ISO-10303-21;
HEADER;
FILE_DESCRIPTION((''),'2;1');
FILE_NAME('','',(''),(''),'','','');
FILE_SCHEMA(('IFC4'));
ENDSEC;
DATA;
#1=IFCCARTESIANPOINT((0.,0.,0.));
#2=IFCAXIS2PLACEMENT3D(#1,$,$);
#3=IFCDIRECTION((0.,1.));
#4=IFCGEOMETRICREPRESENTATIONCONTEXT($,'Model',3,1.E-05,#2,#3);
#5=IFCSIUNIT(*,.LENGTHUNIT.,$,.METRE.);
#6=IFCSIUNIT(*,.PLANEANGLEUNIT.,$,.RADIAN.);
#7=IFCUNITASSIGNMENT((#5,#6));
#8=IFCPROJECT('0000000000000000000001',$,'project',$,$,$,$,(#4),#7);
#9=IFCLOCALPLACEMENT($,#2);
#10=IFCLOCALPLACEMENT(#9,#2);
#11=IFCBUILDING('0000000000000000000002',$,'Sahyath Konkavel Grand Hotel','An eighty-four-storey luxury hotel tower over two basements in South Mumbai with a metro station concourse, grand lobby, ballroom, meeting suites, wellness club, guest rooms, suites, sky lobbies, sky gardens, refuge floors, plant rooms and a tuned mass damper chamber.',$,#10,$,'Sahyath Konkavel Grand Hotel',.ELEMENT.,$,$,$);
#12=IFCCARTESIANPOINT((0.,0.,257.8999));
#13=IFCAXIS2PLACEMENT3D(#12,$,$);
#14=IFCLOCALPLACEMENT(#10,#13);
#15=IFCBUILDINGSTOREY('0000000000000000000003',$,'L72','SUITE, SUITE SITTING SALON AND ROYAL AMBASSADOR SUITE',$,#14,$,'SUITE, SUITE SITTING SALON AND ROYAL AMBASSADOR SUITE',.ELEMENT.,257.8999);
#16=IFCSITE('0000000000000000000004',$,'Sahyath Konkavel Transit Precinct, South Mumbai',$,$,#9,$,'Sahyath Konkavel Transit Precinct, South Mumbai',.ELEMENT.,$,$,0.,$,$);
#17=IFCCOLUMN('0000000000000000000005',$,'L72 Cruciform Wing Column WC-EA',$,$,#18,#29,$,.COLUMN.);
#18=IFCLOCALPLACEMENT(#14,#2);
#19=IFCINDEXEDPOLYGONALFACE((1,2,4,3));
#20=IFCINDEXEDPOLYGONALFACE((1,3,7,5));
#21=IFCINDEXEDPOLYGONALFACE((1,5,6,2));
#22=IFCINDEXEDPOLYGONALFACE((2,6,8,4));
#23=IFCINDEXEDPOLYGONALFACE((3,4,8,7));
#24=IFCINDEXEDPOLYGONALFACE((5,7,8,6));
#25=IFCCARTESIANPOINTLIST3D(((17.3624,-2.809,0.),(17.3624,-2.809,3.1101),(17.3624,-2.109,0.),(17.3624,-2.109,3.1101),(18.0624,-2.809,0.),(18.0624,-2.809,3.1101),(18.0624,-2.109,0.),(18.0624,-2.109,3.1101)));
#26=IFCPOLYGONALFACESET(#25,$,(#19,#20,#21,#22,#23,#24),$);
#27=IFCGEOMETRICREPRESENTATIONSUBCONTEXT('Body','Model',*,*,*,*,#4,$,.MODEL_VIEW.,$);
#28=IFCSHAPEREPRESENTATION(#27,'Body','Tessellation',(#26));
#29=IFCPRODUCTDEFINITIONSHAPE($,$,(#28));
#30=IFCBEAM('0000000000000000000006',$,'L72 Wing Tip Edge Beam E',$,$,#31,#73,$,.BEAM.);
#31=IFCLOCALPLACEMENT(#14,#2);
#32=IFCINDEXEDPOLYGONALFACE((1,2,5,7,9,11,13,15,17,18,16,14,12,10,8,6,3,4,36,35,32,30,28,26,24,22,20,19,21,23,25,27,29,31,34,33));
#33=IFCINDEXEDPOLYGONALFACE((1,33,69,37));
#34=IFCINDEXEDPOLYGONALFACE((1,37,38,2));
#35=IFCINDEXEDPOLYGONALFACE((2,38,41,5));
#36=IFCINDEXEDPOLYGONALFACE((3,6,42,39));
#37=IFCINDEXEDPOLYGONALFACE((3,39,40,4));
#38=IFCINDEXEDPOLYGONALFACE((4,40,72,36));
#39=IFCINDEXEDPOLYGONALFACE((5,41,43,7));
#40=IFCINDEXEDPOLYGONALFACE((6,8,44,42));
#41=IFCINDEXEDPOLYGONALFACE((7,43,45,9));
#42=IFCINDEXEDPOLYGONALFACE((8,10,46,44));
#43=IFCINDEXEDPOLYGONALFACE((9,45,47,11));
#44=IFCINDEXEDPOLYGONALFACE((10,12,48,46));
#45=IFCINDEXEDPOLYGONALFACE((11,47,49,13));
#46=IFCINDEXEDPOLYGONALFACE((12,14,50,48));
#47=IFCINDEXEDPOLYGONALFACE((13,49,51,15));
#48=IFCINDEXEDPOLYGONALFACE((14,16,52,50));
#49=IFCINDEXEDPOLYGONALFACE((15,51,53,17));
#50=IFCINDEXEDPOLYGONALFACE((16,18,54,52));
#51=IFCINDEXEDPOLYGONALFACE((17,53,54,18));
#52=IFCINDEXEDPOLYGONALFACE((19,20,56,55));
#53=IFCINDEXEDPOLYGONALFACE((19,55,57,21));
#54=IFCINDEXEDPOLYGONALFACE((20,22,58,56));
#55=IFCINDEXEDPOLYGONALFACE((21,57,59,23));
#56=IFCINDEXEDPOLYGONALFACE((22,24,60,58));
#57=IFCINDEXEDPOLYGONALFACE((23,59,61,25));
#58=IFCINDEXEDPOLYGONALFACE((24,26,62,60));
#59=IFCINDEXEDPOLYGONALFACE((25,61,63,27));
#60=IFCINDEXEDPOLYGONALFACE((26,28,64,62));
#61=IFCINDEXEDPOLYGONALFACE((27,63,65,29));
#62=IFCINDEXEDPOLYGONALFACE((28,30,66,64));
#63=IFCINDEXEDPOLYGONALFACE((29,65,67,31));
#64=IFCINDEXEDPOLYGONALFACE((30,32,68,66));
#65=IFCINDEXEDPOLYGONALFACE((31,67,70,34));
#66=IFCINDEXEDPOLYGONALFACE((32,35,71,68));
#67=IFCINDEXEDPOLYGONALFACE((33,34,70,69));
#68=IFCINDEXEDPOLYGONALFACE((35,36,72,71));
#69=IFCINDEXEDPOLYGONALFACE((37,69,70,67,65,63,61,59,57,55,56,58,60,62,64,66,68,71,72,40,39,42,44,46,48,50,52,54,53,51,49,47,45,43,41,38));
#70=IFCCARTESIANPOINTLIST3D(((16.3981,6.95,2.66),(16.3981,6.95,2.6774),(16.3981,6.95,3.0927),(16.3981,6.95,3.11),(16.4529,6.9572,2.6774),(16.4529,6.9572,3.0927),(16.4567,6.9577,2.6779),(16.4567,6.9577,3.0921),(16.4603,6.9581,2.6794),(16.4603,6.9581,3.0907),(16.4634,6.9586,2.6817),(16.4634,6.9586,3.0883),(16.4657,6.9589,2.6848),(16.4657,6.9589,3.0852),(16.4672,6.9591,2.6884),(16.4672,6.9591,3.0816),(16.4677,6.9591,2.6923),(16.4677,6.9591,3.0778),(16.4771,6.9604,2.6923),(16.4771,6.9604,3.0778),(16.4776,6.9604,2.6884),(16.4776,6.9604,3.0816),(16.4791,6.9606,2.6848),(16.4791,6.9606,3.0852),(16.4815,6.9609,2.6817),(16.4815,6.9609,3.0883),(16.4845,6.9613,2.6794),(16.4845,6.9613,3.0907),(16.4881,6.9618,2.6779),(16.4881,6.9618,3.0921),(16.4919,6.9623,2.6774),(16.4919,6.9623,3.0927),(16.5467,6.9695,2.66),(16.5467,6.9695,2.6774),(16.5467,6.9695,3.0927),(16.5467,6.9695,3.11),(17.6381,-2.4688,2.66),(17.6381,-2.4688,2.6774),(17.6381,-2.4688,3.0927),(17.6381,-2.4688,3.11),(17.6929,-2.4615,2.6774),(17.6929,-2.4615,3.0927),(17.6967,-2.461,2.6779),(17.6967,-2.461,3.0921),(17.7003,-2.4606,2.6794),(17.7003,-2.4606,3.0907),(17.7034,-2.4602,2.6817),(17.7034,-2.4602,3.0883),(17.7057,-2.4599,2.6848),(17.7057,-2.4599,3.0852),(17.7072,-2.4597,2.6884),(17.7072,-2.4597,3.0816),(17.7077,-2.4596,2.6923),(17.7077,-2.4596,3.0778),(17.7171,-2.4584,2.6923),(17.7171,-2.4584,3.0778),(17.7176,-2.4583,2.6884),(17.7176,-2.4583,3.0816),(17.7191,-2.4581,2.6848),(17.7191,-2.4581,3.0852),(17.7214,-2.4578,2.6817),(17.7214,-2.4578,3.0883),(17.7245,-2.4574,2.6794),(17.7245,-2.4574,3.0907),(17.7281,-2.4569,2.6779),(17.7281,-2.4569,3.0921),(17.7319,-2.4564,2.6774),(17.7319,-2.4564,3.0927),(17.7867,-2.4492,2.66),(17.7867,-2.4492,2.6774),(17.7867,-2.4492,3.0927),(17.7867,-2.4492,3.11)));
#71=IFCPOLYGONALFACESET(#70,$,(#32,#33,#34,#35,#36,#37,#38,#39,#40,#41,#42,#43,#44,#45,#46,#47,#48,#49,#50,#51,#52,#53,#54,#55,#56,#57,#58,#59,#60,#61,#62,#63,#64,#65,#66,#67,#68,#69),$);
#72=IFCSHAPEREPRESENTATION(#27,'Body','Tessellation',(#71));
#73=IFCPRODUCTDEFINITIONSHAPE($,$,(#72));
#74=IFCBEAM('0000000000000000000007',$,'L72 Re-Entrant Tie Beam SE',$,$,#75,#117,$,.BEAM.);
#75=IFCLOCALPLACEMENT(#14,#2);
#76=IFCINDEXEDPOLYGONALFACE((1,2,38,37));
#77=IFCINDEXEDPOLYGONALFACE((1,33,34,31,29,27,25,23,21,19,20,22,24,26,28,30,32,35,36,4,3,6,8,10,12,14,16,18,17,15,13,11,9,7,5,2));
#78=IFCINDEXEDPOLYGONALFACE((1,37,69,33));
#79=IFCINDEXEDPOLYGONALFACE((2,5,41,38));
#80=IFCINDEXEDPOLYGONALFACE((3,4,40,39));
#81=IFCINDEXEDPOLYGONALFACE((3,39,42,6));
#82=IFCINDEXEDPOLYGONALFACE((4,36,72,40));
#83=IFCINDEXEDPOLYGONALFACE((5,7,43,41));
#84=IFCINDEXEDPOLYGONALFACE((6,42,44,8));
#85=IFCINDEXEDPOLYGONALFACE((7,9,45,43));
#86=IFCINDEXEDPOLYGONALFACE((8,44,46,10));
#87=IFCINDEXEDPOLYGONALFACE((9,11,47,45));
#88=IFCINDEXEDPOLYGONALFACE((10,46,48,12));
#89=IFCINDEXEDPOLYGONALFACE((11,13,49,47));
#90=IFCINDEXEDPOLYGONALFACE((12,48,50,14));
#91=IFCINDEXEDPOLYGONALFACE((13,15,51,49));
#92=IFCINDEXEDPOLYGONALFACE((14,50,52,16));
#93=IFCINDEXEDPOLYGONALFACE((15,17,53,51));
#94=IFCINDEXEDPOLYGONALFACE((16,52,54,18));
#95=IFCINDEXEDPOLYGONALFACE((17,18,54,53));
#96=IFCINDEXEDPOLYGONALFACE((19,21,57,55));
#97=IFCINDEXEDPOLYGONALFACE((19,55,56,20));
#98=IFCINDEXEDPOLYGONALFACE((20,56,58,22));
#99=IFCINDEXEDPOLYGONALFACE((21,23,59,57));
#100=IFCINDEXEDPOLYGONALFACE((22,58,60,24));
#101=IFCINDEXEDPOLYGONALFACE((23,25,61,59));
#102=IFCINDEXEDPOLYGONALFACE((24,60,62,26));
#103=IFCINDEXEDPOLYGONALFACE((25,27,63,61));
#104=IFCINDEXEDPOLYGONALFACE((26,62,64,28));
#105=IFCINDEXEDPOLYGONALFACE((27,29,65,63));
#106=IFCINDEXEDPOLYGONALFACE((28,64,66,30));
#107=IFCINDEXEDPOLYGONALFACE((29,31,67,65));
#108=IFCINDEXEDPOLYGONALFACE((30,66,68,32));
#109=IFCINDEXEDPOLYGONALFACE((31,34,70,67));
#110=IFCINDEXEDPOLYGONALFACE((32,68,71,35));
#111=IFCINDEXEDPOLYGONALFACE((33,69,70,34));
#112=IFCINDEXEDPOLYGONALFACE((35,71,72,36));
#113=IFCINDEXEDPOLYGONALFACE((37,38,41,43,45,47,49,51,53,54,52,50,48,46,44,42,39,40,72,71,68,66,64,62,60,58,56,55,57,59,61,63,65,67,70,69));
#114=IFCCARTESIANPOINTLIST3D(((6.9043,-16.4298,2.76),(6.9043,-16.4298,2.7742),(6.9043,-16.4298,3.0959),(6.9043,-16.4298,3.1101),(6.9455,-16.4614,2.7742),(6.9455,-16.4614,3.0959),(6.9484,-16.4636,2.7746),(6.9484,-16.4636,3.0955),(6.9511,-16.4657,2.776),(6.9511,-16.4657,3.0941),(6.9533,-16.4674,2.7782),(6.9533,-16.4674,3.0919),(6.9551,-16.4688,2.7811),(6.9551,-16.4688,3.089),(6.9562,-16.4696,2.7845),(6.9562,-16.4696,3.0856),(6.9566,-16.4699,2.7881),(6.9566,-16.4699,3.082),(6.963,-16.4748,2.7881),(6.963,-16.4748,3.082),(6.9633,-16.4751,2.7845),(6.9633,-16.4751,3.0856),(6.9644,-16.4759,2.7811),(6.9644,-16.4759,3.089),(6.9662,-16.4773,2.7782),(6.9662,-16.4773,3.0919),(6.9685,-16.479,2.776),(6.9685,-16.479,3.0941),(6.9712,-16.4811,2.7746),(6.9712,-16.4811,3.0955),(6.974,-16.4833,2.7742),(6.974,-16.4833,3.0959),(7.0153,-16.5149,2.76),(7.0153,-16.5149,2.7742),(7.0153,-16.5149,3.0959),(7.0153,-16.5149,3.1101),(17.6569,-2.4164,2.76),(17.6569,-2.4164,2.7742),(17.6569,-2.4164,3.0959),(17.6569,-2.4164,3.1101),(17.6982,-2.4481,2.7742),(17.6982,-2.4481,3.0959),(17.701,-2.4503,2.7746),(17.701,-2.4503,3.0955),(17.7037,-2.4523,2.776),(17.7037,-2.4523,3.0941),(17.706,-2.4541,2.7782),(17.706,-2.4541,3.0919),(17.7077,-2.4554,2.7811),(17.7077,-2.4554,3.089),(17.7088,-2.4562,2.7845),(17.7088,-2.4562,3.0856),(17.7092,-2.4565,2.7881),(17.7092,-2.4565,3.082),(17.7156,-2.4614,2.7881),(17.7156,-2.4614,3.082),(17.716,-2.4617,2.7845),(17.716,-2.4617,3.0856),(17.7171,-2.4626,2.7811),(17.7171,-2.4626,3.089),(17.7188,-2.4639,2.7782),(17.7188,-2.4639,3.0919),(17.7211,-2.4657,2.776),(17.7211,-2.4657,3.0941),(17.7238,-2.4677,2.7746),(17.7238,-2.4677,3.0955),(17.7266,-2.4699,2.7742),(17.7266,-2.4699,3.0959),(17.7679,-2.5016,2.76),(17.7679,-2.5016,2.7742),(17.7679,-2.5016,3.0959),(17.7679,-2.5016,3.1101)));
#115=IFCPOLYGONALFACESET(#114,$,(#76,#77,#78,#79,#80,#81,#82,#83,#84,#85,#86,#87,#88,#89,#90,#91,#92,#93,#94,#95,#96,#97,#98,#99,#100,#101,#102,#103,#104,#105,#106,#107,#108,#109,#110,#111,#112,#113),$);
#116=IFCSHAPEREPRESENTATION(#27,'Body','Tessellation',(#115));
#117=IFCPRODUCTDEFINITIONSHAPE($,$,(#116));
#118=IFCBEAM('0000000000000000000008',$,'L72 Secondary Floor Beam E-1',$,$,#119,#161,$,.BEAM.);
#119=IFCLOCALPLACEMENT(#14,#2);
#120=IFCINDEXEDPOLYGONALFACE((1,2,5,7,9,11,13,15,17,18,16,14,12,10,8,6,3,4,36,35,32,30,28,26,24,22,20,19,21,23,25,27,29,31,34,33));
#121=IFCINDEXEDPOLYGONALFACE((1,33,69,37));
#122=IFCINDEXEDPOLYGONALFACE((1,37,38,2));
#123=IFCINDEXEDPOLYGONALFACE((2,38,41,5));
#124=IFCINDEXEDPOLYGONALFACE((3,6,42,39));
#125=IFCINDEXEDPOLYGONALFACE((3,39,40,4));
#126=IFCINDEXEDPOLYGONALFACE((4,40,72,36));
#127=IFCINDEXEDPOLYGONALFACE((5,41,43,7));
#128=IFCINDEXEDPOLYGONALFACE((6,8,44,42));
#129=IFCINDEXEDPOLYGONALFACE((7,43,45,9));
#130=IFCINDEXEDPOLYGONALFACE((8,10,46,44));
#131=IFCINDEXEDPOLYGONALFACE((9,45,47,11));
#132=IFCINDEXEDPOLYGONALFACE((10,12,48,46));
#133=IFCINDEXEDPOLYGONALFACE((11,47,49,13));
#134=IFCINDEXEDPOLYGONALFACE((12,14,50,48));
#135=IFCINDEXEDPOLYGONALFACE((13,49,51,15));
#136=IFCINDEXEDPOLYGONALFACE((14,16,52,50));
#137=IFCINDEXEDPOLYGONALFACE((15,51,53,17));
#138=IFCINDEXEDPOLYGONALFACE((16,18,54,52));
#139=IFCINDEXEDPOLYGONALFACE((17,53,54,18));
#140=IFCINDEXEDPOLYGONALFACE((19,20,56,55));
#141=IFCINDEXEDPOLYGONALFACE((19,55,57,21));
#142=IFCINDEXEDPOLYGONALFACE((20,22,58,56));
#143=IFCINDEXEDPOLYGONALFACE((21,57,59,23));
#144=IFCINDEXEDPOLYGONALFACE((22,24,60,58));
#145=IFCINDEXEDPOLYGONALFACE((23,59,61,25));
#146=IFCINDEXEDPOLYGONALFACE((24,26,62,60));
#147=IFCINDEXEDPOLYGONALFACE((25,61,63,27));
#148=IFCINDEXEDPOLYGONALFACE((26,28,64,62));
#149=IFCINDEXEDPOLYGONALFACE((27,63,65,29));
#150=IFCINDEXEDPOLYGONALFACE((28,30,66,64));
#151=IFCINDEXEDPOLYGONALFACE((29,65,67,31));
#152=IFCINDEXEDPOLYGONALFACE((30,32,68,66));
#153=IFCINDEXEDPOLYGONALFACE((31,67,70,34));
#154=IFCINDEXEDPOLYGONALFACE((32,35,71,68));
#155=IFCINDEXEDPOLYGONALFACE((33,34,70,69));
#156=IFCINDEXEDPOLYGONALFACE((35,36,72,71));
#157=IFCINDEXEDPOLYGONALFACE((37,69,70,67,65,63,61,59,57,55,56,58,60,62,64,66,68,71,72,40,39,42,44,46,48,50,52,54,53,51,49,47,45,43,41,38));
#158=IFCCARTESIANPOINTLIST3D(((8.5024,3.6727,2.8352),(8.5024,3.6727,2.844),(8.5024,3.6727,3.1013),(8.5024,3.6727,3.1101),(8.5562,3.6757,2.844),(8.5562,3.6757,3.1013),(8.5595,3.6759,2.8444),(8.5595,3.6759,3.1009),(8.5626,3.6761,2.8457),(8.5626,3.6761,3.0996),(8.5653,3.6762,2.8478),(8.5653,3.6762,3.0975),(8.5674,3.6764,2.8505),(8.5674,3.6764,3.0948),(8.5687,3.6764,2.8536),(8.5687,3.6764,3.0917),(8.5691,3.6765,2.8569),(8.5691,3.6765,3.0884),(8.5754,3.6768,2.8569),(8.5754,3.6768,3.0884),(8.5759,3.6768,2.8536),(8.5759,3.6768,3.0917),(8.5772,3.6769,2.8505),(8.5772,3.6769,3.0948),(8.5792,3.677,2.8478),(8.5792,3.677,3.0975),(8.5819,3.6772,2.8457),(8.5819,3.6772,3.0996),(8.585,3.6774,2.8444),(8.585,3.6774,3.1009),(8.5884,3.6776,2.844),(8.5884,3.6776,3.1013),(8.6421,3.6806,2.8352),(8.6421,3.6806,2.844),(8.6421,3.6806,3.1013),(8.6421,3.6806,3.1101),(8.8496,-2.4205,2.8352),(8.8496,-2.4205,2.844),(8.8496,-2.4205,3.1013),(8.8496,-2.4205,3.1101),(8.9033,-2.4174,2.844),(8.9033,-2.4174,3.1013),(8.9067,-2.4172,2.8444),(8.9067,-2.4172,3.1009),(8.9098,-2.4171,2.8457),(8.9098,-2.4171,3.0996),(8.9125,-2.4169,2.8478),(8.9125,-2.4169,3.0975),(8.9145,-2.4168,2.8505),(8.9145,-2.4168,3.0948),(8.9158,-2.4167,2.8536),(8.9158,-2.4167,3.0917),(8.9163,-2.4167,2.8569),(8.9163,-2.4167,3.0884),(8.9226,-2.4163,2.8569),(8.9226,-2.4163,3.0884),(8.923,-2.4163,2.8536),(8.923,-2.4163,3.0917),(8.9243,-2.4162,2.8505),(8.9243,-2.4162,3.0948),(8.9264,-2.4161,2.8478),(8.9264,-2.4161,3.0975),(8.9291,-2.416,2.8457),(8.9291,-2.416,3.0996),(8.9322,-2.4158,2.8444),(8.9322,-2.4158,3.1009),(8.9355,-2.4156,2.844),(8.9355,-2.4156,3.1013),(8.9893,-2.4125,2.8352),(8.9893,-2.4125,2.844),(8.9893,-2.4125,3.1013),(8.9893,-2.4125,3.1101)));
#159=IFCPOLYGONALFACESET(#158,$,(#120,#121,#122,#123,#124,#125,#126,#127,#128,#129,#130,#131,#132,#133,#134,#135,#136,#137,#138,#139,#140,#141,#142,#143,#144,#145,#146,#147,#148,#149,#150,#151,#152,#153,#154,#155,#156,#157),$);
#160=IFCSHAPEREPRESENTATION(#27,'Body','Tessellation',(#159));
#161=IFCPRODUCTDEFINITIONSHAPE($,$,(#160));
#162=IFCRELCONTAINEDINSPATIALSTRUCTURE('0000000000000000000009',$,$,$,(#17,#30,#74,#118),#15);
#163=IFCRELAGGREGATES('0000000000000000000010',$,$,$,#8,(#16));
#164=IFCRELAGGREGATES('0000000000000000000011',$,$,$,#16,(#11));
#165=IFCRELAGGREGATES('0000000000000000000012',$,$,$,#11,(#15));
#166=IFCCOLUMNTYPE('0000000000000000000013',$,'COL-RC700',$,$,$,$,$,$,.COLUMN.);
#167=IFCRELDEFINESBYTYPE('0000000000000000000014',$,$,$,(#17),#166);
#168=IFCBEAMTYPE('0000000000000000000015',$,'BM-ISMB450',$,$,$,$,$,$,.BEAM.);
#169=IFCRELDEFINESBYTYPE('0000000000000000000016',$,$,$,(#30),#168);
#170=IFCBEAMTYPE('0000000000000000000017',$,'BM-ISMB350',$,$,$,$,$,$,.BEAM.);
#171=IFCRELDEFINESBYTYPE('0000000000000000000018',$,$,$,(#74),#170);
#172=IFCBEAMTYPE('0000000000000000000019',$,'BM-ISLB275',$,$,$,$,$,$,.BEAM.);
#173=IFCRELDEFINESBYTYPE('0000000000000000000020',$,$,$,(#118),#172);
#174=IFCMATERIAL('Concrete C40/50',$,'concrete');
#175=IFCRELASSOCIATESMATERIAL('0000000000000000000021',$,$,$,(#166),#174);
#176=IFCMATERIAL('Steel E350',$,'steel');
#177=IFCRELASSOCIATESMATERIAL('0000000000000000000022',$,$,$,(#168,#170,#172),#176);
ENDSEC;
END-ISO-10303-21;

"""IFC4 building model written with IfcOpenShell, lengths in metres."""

from ifc_helpers import new_model, si_unit, direction, frame, origin, origin_2d, place, context, subcontext, project, spatial, rectangle, i_section, extrude, source, transform, mapped, material, material_profile, profile_set, type_object, element, save


model = new_model("IFC4")

# Units and contexts
model_context = context("Model", 3, precision=1e-05, world=origin(), true_north=direction((0.0, 1.0)))
body_context = subcontext(model_context, "Body", "Model", "MODEL_VIEW")
ifc_project = project(units=[si_unit("LENGTHUNIT", "METRE"), si_unit("PLANEANGLEUNIT", "RADIAN")], contexts=[model_context])

# Site, building, storey
site_placement = place(None, origin())
site = spatial("IfcSite", under=ifc_project, at=site_placement, Name="Sahyath Konkavel Transit Precinct, South Mumbai", LongName="Sahyath Konkavel Transit Precinct, South Mumbai", CompositionType="ELEMENT", RefElevation=0.0)
building_placement = place(site_placement, origin())
building = spatial("IfcBuilding", under=site, at=building_placement, Name="Sahyath Konkavel Grand Hotel", Description="An eighty-four-storey luxury hotel tower over two basements in South Mumbai with a metro station concourse, grand lobby, ballroom, meeting suites, wellness club, guest rooms, suites, sky lobbies, sky gardens, refuge floors, plant rooms and a tuned mass damper chamber.", LongName="Sahyath Konkavel Grand Hotel", CompositionType="ELEMENT")
storey_placement = place(building_placement, frame((0.0, 0.0, 257.8999)))
storey = spatial("IfcBuildingStorey", under=building, at=storey_placement, Name="L72", Description="SUITE, SUITE SITTING SALON AND ROYAL AMBASSADOR SUITE", LongName="SUITE, SUITE SITTING SALON AND ROYAL AMBASSADOR SUITE", CompositionType="ELEMENT", Elevation=257.8999)

# Column
ifc_material_1 = material(Name="Concrete C40/50", Category="concrete")
ifc_material_profile_1 = material_profile(ifc_material_1, rectangle(XDim=0.7, YDim=0.7, at=origin_2d()), Name="RC 700x700")
ifc_profile_set_1 = profile_set([ifc_material_profile_1], Name="Concrete C40/50")
column_type = type_object("IfcColumnType", Name="COL-RC700", PredefinedType="COLUMN", material=ifc_profile_set_1)
shared_shape_1 = source(origin(), body_context, "Body", "SweptSolid", [
    extrude(rectangle(XDim=0.7, YDim=0.7, at=origin_2d()), origin(), (0.0, 0.0, 1.0), 3.1101),
])
column_placement = place(storey_placement, frame((17.7124, -2.459, 0.0), z_axis=(0.0, 0.0, 1.0), x_axis=(1.0, 0.0, 0.0)))
element("IfcColumn", 1, at=column_placement, inside=storey, type_object=column_type, Name="L72 Cruciform Wing Column WC-EA", PredefinedType="COLUMN", context=body_context, shape_type="MappedRepresentation", body=[
    mapped(shared_shape_1, transform((0.0, 0.0, 0.0), scale=1.0)),
])

# Beams
ifc_material_2 = material(Name="Steel E350", Category="steel")
ifc_material_profile_2 = material_profile(ifc_material_2, i_section(OverallWidth=0.1499, OverallDepth=0.45, WebThickness=0.0095, FlangeThickness=0.0173, FilletRadius=0.0149, at=origin_2d()), Name="ISMB 450")
ifc_profile_set_2 = profile_set([ifc_material_profile_2], Name="Steel E350")
beam_type_1 = type_object("IfcBeamType", Name="BM-ISMB450", PredefinedType="BEAM", material=ifc_profile_set_2)
shared_shape_2 = source(origin(), body_context, "Body", "SweptSolid", [
    extrude(i_section(OverallWidth=0.1499, OverallDepth=0.45, WebThickness=0.0095, FlangeThickness=0.0173, FilletRadius=0.0149, at=origin_2d()), origin(), (0.0, 0.0, 1.0), 9.5),
])
beam_1_placement = place(storey_placement, frame((17.7124, -2.459, 2.885), z_axis=(-0.130526, 0.991445, 0.0), x_axis=(-0.991445, -0.130526, 0.0)))
element("IfcBeam", 2, at=beam_1_placement, inside=storey, type_object=beam_type_1, Name="L72 Wing Tip Edge Beam E", PredefinedType="BEAM", context=body_context, shape_type="MappedRepresentation", body=[
    mapped(shared_shape_2, transform((0.0, 0.0, 0.0), scale=1.0)),
])
ifc_material_profile_3 = material_profile(ifc_material_2, i_section(OverallWidth=0.1399, OverallDepth=0.3501, WebThickness=0.0081, FlangeThickness=0.0142, FilletRadius=0.0139, at=origin_2d()), Name="ISMB 350")
ifc_profile_set_3 = profile_set([ifc_material_profile_3], Name="Steel E350")
beam_type_2 = type_object("IfcBeamType", Name="BM-ISMB350", PredefinedType="BEAM", material=ifc_profile_set_3)
shared_shape_3 = source(origin(), body_context, "Body", "SweptSolid", [
    extrude(i_section(OverallWidth=0.1399, OverallDepth=0.3501, WebThickness=0.0081, FlangeThickness=0.0142, FilletRadius=0.0139, at=origin_2d()), origin(), (0.0, 0.0, 1.0), 17.6633),
])
beam_2_placement = place(storey_placement, frame((17.7124, -2.459, 2.9351), z_axis=(-0.608754, -0.793359, 0.0), x_axis=(0.793359, -0.608754, 0.0)))
element("IfcBeam", 3, at=beam_2_placement, inside=storey, type_object=beam_type_2, Name="L72 Re-Entrant Tie Beam SE", PredefinedType="BEAM", context=body_context, shape_type="MappedRepresentation", body=[
    mapped(shared_shape_3, transform((0.0, 0.0, 0.0), scale=1.0)),
])
ifc_material_profile_4 = material_profile(ifc_material_2, i_section(OverallWidth=0.1399, OverallDepth=0.2749, WebThickness=0.0063, FlangeThickness=0.0088, FilletRadius=0.0129, at=origin_2d()), Name="ISLB 275")
ifc_profile_set_4 = profile_set([ifc_material_profile_4], Name="Steel E350")
beam_type_3 = type_object("IfcBeamType", Name="BM-ISLB275", PredefinedType="BEAM", material=ifc_profile_set_4)
shared_shape_4 = source(origin(), body_context, "Body", "SweptSolid", [
    extrude(i_section(OverallWidth=0.1399, OverallDepth=0.2749, WebThickness=0.0063, FlangeThickness=0.0088, FilletRadius=0.0129, at=origin_2d()), origin(), (0.0, 0.0, 1.0), 6.103),
])
beam_3_placement = place(storey_placement, frame((8.9194, -2.4165, 2.9727), z_axis=(-0.056883, 0.998381, 0.0), x_axis=(-0.998381, -0.056883, 0.0)))
element("IfcBeam", 4, at=beam_3_placement, inside=storey, type_object=beam_type_3, Name="L72 Secondary Floor Beam E-1", PredefinedType="BEAM", context=body_context, shape_type="MappedRepresentation", body=[
    mapped(shared_shape_4, transform((0.0, 0.0, 0.0), scale=1.0)),
])

save(model, "model.ifc")
